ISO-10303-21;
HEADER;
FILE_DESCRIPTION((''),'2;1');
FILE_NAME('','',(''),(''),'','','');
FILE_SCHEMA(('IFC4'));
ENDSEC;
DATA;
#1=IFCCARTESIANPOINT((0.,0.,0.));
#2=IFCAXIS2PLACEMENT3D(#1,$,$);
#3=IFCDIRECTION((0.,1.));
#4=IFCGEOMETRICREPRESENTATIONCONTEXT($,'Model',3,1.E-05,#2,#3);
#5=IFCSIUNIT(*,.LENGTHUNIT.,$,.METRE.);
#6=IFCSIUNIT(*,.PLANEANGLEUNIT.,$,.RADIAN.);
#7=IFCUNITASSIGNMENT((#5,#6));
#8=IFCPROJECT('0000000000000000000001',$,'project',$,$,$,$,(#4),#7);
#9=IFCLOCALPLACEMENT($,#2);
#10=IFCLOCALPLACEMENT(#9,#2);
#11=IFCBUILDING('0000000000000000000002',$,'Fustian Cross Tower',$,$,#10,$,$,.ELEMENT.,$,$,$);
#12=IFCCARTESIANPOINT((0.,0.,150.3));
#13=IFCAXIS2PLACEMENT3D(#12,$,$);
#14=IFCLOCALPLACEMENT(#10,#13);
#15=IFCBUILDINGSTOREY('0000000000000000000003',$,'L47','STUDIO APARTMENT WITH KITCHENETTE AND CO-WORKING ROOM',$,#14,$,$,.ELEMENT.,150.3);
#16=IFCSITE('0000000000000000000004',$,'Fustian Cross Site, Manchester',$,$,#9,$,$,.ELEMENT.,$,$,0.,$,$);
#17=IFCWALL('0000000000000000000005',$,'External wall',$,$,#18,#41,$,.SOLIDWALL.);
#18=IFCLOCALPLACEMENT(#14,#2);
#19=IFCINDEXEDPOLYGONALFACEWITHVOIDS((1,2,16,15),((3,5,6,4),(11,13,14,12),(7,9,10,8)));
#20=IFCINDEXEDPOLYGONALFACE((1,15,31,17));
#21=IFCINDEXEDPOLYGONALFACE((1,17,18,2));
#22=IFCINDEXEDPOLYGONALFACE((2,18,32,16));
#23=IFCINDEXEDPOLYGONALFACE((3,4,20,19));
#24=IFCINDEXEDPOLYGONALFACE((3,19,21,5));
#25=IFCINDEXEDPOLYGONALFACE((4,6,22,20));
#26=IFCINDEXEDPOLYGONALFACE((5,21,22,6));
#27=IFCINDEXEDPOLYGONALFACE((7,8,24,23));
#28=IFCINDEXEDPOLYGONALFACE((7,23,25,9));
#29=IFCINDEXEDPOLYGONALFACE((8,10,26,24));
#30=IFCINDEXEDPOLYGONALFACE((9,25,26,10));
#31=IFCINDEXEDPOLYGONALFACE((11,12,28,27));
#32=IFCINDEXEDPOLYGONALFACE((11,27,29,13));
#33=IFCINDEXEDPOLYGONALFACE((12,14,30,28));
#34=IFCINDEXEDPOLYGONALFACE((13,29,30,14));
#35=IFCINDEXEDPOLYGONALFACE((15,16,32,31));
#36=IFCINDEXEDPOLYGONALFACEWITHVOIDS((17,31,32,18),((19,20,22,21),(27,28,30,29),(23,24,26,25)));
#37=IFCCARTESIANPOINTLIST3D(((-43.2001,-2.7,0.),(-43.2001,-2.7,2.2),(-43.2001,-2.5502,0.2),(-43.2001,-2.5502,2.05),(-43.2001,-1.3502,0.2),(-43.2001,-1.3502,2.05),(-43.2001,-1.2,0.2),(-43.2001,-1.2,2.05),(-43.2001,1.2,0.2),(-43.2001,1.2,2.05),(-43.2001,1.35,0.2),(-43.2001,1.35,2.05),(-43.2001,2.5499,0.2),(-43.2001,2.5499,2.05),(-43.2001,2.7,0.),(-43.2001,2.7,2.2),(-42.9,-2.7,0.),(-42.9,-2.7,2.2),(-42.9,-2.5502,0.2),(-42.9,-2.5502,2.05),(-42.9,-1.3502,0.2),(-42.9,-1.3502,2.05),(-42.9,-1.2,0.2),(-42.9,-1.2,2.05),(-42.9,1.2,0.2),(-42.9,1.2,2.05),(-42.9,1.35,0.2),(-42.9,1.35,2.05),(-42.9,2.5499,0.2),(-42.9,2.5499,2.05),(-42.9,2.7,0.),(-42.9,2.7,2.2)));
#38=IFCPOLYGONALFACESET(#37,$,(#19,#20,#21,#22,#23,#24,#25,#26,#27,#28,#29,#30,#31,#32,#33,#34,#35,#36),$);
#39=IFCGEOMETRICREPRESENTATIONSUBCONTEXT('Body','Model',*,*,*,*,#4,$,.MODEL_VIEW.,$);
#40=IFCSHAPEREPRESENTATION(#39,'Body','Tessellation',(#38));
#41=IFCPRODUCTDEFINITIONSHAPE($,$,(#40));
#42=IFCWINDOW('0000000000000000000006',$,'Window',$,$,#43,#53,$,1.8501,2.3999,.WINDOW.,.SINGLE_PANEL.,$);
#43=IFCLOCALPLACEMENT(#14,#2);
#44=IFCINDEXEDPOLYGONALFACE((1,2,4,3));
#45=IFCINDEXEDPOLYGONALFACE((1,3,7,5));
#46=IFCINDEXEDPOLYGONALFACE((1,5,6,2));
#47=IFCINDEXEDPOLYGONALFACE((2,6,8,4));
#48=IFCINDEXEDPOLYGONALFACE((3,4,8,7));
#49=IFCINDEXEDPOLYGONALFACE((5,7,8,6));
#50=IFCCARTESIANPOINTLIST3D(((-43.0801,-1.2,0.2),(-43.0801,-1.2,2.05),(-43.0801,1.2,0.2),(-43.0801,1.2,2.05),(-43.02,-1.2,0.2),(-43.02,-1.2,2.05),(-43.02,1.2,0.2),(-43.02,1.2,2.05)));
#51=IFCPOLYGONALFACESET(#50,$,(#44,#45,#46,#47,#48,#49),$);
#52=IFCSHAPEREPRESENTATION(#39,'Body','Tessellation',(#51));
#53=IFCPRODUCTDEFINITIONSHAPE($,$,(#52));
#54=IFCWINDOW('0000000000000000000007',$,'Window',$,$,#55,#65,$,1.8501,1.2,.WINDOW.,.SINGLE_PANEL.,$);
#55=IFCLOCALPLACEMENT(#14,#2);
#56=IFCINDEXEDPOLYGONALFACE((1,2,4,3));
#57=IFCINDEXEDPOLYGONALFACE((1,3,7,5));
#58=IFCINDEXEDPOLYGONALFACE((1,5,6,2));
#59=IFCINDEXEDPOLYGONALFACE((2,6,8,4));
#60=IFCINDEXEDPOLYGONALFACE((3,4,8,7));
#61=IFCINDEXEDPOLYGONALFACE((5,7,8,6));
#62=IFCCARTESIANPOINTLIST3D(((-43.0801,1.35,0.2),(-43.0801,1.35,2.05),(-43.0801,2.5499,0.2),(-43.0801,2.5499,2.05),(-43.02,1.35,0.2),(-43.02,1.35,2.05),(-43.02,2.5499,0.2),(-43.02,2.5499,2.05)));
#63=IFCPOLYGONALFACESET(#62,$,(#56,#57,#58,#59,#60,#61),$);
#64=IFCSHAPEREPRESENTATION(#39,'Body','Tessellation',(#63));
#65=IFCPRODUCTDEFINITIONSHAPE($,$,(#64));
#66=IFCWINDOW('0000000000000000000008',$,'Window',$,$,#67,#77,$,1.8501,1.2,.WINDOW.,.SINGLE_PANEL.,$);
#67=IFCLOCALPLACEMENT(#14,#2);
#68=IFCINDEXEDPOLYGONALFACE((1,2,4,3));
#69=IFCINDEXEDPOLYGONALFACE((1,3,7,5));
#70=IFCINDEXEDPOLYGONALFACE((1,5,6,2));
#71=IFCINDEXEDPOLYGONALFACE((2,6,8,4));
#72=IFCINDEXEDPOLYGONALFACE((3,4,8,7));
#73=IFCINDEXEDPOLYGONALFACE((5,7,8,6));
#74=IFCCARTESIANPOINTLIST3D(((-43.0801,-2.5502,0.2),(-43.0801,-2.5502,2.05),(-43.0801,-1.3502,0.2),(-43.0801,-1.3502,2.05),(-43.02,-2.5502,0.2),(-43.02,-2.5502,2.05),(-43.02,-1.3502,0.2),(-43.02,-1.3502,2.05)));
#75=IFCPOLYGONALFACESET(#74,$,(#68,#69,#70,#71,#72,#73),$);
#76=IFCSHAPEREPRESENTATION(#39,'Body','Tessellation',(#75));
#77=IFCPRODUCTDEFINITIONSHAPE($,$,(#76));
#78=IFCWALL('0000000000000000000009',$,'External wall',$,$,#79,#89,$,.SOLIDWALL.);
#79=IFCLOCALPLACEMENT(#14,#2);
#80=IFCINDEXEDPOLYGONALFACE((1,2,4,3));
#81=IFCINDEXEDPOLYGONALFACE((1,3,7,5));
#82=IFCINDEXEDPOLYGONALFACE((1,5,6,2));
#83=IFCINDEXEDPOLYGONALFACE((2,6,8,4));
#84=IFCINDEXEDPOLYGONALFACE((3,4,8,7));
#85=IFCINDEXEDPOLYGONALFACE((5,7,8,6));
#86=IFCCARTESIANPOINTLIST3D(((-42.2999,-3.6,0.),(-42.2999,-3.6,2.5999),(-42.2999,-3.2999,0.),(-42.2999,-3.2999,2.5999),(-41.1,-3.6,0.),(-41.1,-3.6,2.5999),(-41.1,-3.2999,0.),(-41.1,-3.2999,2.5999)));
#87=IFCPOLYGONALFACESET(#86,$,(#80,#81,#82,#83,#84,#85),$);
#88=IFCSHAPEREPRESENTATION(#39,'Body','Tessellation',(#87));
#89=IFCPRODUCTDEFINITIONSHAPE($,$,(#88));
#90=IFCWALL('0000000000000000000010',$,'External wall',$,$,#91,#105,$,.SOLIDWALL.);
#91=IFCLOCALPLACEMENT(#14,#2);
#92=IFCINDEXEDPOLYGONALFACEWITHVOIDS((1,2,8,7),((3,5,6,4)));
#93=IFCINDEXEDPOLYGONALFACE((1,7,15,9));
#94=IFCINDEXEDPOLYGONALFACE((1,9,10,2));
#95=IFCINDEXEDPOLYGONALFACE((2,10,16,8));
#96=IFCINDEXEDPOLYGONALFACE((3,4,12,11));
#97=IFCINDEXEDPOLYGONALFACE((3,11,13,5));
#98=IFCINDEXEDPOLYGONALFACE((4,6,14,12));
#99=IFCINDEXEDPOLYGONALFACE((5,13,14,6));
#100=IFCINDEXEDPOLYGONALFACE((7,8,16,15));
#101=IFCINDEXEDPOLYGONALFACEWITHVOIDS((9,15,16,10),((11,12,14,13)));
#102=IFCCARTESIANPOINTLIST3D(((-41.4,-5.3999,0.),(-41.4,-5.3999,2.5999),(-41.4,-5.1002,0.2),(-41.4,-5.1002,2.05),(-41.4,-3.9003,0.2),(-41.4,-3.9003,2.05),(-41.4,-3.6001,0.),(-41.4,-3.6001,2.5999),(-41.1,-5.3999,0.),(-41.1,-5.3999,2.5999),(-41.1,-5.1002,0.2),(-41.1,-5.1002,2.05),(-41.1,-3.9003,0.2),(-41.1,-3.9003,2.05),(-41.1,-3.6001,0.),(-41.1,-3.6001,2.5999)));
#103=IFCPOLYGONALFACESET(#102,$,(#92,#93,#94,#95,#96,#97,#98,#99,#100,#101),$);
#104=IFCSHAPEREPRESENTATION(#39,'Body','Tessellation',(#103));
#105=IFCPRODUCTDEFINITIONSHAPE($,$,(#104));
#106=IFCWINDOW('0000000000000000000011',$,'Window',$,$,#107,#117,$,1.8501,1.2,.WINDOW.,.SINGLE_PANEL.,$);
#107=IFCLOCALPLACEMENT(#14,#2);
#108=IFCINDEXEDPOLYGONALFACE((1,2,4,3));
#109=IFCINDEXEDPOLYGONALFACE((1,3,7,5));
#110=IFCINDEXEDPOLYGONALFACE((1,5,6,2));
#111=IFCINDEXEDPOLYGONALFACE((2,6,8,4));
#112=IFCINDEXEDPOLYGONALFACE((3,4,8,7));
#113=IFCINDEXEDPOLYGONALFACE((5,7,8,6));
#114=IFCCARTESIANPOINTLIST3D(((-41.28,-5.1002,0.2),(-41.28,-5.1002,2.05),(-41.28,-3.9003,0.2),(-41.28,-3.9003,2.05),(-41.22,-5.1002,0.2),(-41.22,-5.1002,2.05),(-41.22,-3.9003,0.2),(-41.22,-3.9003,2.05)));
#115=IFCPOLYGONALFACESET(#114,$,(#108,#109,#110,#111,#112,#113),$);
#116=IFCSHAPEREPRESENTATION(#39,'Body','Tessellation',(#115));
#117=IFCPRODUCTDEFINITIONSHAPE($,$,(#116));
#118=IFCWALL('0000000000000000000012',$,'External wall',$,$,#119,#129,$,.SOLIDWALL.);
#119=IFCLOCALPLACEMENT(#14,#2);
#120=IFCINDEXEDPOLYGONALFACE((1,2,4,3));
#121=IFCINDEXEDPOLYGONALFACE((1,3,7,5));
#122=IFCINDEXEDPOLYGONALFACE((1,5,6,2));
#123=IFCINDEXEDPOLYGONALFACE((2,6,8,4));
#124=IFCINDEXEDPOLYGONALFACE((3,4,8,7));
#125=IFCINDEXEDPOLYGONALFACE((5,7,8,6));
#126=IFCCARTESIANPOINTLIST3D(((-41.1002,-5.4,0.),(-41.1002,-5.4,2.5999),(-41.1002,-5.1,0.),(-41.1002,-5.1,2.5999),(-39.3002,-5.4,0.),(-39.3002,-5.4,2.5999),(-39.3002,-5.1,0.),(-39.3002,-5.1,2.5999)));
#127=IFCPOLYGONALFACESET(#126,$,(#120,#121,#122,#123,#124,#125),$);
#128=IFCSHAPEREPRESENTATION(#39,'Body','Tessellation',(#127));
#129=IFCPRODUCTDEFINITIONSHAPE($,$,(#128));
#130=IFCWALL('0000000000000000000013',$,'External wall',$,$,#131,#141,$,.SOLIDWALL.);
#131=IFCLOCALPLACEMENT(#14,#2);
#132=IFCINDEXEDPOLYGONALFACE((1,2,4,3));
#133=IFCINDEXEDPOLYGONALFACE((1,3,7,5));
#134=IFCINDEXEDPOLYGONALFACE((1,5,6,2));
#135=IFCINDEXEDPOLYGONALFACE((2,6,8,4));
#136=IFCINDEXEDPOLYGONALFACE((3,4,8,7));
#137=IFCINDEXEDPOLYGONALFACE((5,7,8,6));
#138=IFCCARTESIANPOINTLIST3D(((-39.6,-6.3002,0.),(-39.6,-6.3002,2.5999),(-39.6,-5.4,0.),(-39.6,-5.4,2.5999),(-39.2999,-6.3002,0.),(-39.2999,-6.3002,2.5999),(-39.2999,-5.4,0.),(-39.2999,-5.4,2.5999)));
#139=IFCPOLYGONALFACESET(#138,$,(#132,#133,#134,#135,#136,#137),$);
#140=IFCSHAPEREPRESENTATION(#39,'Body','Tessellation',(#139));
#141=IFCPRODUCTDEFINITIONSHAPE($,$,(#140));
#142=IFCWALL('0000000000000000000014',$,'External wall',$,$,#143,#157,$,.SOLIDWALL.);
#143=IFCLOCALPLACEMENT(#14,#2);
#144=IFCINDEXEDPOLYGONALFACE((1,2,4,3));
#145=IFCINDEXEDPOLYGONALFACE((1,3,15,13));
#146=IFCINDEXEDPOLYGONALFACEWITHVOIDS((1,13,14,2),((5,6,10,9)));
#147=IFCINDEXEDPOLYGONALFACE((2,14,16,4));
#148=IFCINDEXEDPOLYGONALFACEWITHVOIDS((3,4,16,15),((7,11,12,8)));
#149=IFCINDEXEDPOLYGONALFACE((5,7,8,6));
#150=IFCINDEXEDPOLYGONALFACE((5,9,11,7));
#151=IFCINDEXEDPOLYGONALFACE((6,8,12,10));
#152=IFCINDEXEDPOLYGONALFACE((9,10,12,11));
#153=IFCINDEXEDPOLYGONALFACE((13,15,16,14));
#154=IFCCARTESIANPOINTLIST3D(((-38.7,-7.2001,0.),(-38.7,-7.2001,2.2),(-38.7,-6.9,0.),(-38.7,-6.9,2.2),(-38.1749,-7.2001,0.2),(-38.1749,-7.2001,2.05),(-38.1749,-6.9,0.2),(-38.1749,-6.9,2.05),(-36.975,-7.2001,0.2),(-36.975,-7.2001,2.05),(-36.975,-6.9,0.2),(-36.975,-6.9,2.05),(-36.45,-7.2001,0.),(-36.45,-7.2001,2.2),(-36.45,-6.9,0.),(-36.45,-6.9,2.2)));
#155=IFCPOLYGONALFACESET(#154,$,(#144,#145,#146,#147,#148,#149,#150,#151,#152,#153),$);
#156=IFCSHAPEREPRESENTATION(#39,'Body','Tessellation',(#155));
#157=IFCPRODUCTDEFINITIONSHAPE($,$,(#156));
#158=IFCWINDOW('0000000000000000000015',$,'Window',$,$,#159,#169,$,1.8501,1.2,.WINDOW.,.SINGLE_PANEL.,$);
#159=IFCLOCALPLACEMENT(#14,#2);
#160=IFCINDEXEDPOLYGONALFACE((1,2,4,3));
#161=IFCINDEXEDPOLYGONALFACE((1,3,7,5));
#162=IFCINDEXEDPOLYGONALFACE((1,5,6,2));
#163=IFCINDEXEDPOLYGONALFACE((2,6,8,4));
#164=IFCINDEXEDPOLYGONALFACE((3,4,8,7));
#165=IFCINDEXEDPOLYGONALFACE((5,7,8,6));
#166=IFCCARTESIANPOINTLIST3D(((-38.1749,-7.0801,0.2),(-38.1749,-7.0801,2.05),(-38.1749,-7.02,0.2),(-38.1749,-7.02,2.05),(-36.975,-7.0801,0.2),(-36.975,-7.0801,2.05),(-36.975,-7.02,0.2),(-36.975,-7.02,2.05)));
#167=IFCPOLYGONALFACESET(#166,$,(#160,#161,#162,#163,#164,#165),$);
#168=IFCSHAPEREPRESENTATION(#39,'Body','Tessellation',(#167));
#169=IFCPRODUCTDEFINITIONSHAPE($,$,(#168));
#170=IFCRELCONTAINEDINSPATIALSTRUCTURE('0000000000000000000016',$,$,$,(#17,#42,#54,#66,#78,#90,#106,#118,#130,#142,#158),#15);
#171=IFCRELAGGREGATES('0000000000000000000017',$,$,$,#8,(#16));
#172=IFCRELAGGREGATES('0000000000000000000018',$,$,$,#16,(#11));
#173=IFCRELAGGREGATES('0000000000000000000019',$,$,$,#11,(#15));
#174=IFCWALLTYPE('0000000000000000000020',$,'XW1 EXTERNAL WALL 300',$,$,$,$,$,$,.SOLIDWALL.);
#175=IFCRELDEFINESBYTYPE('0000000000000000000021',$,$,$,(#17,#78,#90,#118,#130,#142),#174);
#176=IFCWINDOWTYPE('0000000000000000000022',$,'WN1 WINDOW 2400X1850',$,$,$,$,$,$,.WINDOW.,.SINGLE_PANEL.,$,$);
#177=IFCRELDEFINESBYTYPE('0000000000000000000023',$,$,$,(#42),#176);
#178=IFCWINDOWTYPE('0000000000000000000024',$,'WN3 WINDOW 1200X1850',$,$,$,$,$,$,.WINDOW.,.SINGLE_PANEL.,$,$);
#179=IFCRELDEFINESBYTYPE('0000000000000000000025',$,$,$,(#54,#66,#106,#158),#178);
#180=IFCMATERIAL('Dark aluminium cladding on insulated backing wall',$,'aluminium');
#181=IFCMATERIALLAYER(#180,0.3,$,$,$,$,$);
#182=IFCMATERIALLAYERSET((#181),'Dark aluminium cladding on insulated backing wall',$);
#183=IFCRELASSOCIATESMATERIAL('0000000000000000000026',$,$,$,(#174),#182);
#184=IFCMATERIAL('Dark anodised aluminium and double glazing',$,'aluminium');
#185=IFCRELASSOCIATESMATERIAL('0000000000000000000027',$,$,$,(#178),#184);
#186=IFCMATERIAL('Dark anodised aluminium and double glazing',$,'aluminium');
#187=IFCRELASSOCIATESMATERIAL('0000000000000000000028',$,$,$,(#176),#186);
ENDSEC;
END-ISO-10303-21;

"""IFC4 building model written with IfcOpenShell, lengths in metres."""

from ifc_helpers import new_model, si_unit, direction, frame, frame_2d, origin, place, context, subcontext, project, spatial, rectangle, extrude, material, layer, layer_set, type_object, element, fill, save


model = new_model("IFC4")

# Units and contexts
model_context = context("Model", 3, precision=1e-05, world=origin(), true_north=direction((0.0, 1.0)))
body_context = subcontext(model_context, "Body", "Model", "MODEL_VIEW")
ifc_project = project(units=[si_unit("LENGTHUNIT", "METRE"), si_unit("PLANEANGLEUNIT", "RADIAN")], contexts=[model_context])

# Site, building, storey
site_placement = place(None, origin())
site = spatial("IfcSite", under=ifc_project, at=site_placement, Name="Fustian Cross Site, Manchester", CompositionType="ELEMENT", RefElevation=0.0)
building_placement = place(site_placement, origin())
building = spatial("IfcBuilding", under=site, at=building_placement, Name="Fustian Cross Tower", CompositionType="ELEMENT")
storey_placement = place(building_placement, frame((0.0, 0.0, 150.3)))
storey = spatial("IfcBuildingStorey", under=building, at=storey_placement, Name="L47", Description="STUDIO APARTMENT WITH KITCHENETTE AND CO-WORKING ROOM", CompositionType="ELEMENT", Elevation=150.3)

# Shared definitions
ifc_material_1 = material(Name="Dark aluminium cladding on insulated backing wall", Category="aluminium")
ifc_layer_1 = layer(ifc_material_1, 0.3)
ifc_layer_set_1 = layer_set([ifc_layer_1], Name="Dark aluminium cladding on insulated backing wall")
wall_type_1 = type_object("IfcWallType", Name="XW1 EXTERNAL WALL 300", PredefinedType="SOLIDWALL", material=ifc_layer_set_1)

# Shared definitions
ifc_material_2 = material(Name="Dark anodised aluminium and double glazing", Category="aluminium")
window_type_1 = type_object("IfcWindowType", Name="WN3 WINDOW 1200X1850", PartitioningType="SINGLE_PANEL", PredefinedType="WINDOW", material=ifc_material_2)

# Wall, openings, windows
wall_1_placement = place(storey_placement, frame((-43.05, 2.7, 0.0), z_axis=(0.0, 0.0, 1.0), x_axis=(0.0, -1.0, 0.0)))
wall_1 = element("IfcWall", 1, at=wall_1_placement, inside=storey, type_object=wall_type_1, Name="External wall", PredefinedType="SOLIDWALL", context=body_context, shape_type="SweptSolid", body=[
    extrude(rectangle(XDim=5.3999, YDim=0.3, at=frame_2d((2.7, 0.0))), origin(), (0.0, 0.0, 1.0), 2.2),
])
opening_1_placement = place(wall_1_placement, frame((1.5, 0.0, 0.2)))
opening_1 = element("IfcOpeningElement", 2, at=opening_1_placement, cuts=wall_1, PredefinedType="OPENING", context=body_context, shape_type="SweptSolid", body=[
    extrude(rectangle(XDim=2.3999, YDim=1.8501, at=frame_2d((1.2, 0.925))), frame((0.0, 0.1599, 0.0), z_axis=(0.0, -1.0, 0.0), x_axis=(1.0, 0.0, 0.0)), (0.0, 0.0, 1.0), 0.3201),
])
opening_2_placement = place(wall_1_placement, frame((0.1499, 0.0, 0.2)))
opening_2 = element("IfcOpeningElement", 3, at=opening_2_placement, cuts=wall_1, PredefinedType="OPENING", context=body_context, shape_type="SweptSolid", body=[
    extrude(rectangle(XDim=1.2, YDim=1.8501, at=frame_2d((0.6001, 0.925))), frame((0.0, 0.1599, 0.0), z_axis=(0.0, -1.0, 0.0), x_axis=(1.0, 0.0, 0.0)), (0.0, 0.0, 1.0), 0.3201),
])
opening_3_placement = place(wall_1_placement, frame((4.05, 0.0, 0.2)))
opening_3 = element("IfcOpeningElement", 4, at=opening_3_placement, cuts=wall_1, PredefinedType="OPENING", context=body_context, shape_type="SweptSolid", body=[
    extrude(rectangle(XDim=1.2, YDim=1.8501, at=frame_2d((0.6001, 0.925))), frame((0.0, 0.1599, 0.0), z_axis=(0.0, -1.0, 0.0), x_axis=(1.0, 0.0, 0.0)), (0.0, 0.0, 1.0), 0.3201),
])
ifc_material_3 = material(Name="Dark anodised aluminium and double glazing", Category="aluminium")
window_type_2 = type_object("IfcWindowType", Name="WN1 WINDOW 2400X1850", PartitioningType="SINGLE_PANEL", PredefinedType="WINDOW", material=ifc_material_3)
window_1_placement = place(opening_1_placement, origin())
window_1 = element("IfcWindow", 5, at=window_1_placement, inside=storey, type_object=window_type_2, Name="Window", OverallHeight=1.8501, OverallWidth=2.3999, PartitioningType="SINGLE_PANEL", PredefinedType="WINDOW", context=body_context, shape_type="SweptSolid", body=[
    extrude(rectangle(XDim=2.3999, YDim=1.8501, at=frame_2d((1.2, 0.925))), frame((0.0, 0.03, 0.0), z_axis=(0.0, -1.0, 0.0), x_axis=(1.0, 0.0, 0.0)), (0.0, 0.0, 1.0), 0.0601),
])
fill(opening_1, window_1)
window_2_placement = place(opening_2_placement, origin())
window_2 = element("IfcWindow", 6, at=window_2_placement, inside=storey, type_object=window_type_1, Name="Window", OverallHeight=1.8501, OverallWidth=1.2, PartitioningType="SINGLE_PANEL", PredefinedType="WINDOW", context=body_context, shape_type="SweptSolid", body=[
    extrude(rectangle(XDim=1.2, YDim=1.8501, at=frame_2d((0.6001, 0.925))), frame((0.0, 0.03, 0.0), z_axis=(0.0, -1.0, 0.0), x_axis=(1.0, 0.0, 0.0)), (0.0, 0.0, 1.0), 0.0601),
])
fill(opening_2, window_2)
window_3_placement = place(opening_3_placement, origin())
window_3 = element("IfcWindow", 7, at=window_3_placement, inside=storey, type_object=window_type_1, Name="Window", OverallHeight=1.8501, OverallWidth=1.2, PartitioningType="SINGLE_PANEL", PredefinedType="WINDOW", context=body_context, shape_type="SweptSolid", body=[
    extrude(rectangle(XDim=1.2, YDim=1.8501, at=frame_2d((0.6001, 0.925))), frame((0.0, 0.03, 0.0), z_axis=(0.0, -1.0, 0.0), x_axis=(1.0, 0.0, 0.0)), (0.0, 0.0, 1.0), 0.0601),
])
fill(opening_3, window_3)

# Wall
wall_2_placement = place(storey_placement, frame((-42.3, -3.45, 0.0), z_axis=(0.0, 0.0, 1.0), x_axis=(1.0, 0.0, 0.0)))
element("IfcWall", 8, at=wall_2_placement, inside=storey, type_object=wall_type_1, Name="External wall", PredefinedType="SOLIDWALL", context=body_context, shape_type="SweptSolid", body=[
    extrude(rectangle(XDim=1.2, YDim=0.3, at=frame_2d((0.6001, 0.0))), origin(), (0.0, 0.0, 1.0), 2.5999),
])

# Wall, opening, window
wall_3_placement = place(storey_placement, frame((-41.25, -3.6001, 0.0), z_axis=(0.0, 0.0, 1.0), x_axis=(0.0, -1.0, 0.0)))
wall_3 = element("IfcWall", 9, at=wall_3_placement, inside=storey, type_object=wall_type_1, Name="External wall", PredefinedType="SOLIDWALL", context=body_context, shape_type="SweptSolid", body=[
    extrude(rectangle(XDim=1.7998, YDim=0.3, at=frame_2d((0.8999, 0.0))), origin(), (0.0, 0.0, 1.0), 2.5999),
])
opening_4_placement = place(wall_3_placement, frame((0.3, 0.0, 0.2)))
opening_4 = element("IfcOpeningElement", 10, at=opening_4_placement, cuts=wall_3, PredefinedType="OPENING", context=body_context, shape_type="SweptSolid", body=[
    extrude(rectangle(XDim=1.2, YDim=1.8501, at=frame_2d((0.6001, 0.925))), frame((0.0, 0.1599, 0.0), z_axis=(0.0, -1.0, 0.0), x_axis=(1.0, 0.0, 0.0)), (0.0, 0.0, 1.0), 0.3201),
])
window_4_placement = place(opening_4_placement, origin())
window_4 = element("IfcWindow", 11, at=window_4_placement, inside=storey, type_object=window_type_1, Name="Window", OverallHeight=1.8501, OverallWidth=1.2, PartitioningType="SINGLE_PANEL", PredefinedType="WINDOW", context=body_context, shape_type="SweptSolid", body=[
    extrude(rectangle(XDim=1.2, YDim=1.8501, at=frame_2d((0.6001, 0.925))), frame((0.0, 0.03, 0.0), z_axis=(0.0, -1.0, 0.0), x_axis=(1.0, 0.0, 0.0)), (0.0, 0.0, 1.0), 0.0601),
])
fill(opening_4, window_4)

# Walls
wall_4_placement = place(storey_placement, frame((-41.1001, -5.25, 0.0), z_axis=(0.0, 0.0, 1.0), x_axis=(1.0, 0.0, 0.0)))
element("IfcWall", 12, at=wall_4_placement, inside=storey, type_object=wall_type_1, Name="External wall", PredefinedType="SOLIDWALL", context=body_context, shape_type="SweptSolid", body=[
    extrude(rectangle(XDim=1.8, YDim=0.3, at=frame_2d((0.8999, 0.0))), origin(), (0.0, 0.0, 1.0), 2.5999),
])
wall_5_placement = place(storey_placement, frame((-39.45, -5.3999, 0.0), z_axis=(0.0, 0.0, 1.0), x_axis=(0.0, -1.0, 0.0)))
element("IfcWall", 13, at=wall_5_placement, inside=storey, type_object=wall_type_1, Name="External wall", PredefinedType="SOLIDWALL", context=body_context, shape_type="SweptSolid", body=[
    extrude(rectangle(XDim=0.9001, YDim=0.3, at=frame_2d((0.4502, 0.0))), origin(), (0.0, 0.0, 1.0), 2.5999),
])

# Wall, opening, window
wall_6_placement = place(storey_placement, frame((-38.7, -7.05, 0.0), z_axis=(0.0, 0.0, 1.0), x_axis=(1.0, 0.0, 0.0)))
wall_6 = element("IfcWall", 14, at=wall_6_placement, inside=storey, type_object=wall_type_1, Name="External wall", PredefinedType="SOLIDWALL", context=body_context, shape_type="SweptSolid", body=[
    extrude(rectangle(XDim=2.25, YDim=0.3, at=frame_2d((1.125, 0.0))), origin(), (0.0, 0.0, 1.0), 2.2),
])
opening_5_placement = place(wall_6_placement, frame((0.5249, 0.0, 0.2)))
opening_5 = element("IfcOpeningElement", 15, at=opening_5_placement, cuts=wall_6, PredefinedType="OPENING", context=body_context, shape_type="SweptSolid", body=[
    extrude(rectangle(XDim=1.2, YDim=1.8501, at=frame_2d((0.6001, 0.925))), frame((0.0, 0.1599, 0.0), z_axis=(0.0, -1.0, 0.0), x_axis=(1.0, 0.0, 0.0)), (0.0, 0.0, 1.0), 0.3201),
])
window_5_placement = place(opening_5_placement, origin())
window_5 = element("IfcWindow", 16, at=window_5_placement, inside=storey, type_object=window_type_1, Name="Window", OverallHeight=1.8501, OverallWidth=1.2, PartitioningType="SINGLE_PANEL", PredefinedType="WINDOW", context=body_context, shape_type="SweptSolid", body=[
    extrude(rectangle(XDim=1.2, YDim=1.8501, at=frame_2d((0.6001, 0.925))), frame((0.0, 0.03, 0.0), z_axis=(0.0, -1.0, 0.0), x_axis=(1.0, 0.0, 0.0)), (0.0, 0.0, 1.0), 0.0601),
])
fill(opening_5, window_5)

save(model, "model.ifc")
